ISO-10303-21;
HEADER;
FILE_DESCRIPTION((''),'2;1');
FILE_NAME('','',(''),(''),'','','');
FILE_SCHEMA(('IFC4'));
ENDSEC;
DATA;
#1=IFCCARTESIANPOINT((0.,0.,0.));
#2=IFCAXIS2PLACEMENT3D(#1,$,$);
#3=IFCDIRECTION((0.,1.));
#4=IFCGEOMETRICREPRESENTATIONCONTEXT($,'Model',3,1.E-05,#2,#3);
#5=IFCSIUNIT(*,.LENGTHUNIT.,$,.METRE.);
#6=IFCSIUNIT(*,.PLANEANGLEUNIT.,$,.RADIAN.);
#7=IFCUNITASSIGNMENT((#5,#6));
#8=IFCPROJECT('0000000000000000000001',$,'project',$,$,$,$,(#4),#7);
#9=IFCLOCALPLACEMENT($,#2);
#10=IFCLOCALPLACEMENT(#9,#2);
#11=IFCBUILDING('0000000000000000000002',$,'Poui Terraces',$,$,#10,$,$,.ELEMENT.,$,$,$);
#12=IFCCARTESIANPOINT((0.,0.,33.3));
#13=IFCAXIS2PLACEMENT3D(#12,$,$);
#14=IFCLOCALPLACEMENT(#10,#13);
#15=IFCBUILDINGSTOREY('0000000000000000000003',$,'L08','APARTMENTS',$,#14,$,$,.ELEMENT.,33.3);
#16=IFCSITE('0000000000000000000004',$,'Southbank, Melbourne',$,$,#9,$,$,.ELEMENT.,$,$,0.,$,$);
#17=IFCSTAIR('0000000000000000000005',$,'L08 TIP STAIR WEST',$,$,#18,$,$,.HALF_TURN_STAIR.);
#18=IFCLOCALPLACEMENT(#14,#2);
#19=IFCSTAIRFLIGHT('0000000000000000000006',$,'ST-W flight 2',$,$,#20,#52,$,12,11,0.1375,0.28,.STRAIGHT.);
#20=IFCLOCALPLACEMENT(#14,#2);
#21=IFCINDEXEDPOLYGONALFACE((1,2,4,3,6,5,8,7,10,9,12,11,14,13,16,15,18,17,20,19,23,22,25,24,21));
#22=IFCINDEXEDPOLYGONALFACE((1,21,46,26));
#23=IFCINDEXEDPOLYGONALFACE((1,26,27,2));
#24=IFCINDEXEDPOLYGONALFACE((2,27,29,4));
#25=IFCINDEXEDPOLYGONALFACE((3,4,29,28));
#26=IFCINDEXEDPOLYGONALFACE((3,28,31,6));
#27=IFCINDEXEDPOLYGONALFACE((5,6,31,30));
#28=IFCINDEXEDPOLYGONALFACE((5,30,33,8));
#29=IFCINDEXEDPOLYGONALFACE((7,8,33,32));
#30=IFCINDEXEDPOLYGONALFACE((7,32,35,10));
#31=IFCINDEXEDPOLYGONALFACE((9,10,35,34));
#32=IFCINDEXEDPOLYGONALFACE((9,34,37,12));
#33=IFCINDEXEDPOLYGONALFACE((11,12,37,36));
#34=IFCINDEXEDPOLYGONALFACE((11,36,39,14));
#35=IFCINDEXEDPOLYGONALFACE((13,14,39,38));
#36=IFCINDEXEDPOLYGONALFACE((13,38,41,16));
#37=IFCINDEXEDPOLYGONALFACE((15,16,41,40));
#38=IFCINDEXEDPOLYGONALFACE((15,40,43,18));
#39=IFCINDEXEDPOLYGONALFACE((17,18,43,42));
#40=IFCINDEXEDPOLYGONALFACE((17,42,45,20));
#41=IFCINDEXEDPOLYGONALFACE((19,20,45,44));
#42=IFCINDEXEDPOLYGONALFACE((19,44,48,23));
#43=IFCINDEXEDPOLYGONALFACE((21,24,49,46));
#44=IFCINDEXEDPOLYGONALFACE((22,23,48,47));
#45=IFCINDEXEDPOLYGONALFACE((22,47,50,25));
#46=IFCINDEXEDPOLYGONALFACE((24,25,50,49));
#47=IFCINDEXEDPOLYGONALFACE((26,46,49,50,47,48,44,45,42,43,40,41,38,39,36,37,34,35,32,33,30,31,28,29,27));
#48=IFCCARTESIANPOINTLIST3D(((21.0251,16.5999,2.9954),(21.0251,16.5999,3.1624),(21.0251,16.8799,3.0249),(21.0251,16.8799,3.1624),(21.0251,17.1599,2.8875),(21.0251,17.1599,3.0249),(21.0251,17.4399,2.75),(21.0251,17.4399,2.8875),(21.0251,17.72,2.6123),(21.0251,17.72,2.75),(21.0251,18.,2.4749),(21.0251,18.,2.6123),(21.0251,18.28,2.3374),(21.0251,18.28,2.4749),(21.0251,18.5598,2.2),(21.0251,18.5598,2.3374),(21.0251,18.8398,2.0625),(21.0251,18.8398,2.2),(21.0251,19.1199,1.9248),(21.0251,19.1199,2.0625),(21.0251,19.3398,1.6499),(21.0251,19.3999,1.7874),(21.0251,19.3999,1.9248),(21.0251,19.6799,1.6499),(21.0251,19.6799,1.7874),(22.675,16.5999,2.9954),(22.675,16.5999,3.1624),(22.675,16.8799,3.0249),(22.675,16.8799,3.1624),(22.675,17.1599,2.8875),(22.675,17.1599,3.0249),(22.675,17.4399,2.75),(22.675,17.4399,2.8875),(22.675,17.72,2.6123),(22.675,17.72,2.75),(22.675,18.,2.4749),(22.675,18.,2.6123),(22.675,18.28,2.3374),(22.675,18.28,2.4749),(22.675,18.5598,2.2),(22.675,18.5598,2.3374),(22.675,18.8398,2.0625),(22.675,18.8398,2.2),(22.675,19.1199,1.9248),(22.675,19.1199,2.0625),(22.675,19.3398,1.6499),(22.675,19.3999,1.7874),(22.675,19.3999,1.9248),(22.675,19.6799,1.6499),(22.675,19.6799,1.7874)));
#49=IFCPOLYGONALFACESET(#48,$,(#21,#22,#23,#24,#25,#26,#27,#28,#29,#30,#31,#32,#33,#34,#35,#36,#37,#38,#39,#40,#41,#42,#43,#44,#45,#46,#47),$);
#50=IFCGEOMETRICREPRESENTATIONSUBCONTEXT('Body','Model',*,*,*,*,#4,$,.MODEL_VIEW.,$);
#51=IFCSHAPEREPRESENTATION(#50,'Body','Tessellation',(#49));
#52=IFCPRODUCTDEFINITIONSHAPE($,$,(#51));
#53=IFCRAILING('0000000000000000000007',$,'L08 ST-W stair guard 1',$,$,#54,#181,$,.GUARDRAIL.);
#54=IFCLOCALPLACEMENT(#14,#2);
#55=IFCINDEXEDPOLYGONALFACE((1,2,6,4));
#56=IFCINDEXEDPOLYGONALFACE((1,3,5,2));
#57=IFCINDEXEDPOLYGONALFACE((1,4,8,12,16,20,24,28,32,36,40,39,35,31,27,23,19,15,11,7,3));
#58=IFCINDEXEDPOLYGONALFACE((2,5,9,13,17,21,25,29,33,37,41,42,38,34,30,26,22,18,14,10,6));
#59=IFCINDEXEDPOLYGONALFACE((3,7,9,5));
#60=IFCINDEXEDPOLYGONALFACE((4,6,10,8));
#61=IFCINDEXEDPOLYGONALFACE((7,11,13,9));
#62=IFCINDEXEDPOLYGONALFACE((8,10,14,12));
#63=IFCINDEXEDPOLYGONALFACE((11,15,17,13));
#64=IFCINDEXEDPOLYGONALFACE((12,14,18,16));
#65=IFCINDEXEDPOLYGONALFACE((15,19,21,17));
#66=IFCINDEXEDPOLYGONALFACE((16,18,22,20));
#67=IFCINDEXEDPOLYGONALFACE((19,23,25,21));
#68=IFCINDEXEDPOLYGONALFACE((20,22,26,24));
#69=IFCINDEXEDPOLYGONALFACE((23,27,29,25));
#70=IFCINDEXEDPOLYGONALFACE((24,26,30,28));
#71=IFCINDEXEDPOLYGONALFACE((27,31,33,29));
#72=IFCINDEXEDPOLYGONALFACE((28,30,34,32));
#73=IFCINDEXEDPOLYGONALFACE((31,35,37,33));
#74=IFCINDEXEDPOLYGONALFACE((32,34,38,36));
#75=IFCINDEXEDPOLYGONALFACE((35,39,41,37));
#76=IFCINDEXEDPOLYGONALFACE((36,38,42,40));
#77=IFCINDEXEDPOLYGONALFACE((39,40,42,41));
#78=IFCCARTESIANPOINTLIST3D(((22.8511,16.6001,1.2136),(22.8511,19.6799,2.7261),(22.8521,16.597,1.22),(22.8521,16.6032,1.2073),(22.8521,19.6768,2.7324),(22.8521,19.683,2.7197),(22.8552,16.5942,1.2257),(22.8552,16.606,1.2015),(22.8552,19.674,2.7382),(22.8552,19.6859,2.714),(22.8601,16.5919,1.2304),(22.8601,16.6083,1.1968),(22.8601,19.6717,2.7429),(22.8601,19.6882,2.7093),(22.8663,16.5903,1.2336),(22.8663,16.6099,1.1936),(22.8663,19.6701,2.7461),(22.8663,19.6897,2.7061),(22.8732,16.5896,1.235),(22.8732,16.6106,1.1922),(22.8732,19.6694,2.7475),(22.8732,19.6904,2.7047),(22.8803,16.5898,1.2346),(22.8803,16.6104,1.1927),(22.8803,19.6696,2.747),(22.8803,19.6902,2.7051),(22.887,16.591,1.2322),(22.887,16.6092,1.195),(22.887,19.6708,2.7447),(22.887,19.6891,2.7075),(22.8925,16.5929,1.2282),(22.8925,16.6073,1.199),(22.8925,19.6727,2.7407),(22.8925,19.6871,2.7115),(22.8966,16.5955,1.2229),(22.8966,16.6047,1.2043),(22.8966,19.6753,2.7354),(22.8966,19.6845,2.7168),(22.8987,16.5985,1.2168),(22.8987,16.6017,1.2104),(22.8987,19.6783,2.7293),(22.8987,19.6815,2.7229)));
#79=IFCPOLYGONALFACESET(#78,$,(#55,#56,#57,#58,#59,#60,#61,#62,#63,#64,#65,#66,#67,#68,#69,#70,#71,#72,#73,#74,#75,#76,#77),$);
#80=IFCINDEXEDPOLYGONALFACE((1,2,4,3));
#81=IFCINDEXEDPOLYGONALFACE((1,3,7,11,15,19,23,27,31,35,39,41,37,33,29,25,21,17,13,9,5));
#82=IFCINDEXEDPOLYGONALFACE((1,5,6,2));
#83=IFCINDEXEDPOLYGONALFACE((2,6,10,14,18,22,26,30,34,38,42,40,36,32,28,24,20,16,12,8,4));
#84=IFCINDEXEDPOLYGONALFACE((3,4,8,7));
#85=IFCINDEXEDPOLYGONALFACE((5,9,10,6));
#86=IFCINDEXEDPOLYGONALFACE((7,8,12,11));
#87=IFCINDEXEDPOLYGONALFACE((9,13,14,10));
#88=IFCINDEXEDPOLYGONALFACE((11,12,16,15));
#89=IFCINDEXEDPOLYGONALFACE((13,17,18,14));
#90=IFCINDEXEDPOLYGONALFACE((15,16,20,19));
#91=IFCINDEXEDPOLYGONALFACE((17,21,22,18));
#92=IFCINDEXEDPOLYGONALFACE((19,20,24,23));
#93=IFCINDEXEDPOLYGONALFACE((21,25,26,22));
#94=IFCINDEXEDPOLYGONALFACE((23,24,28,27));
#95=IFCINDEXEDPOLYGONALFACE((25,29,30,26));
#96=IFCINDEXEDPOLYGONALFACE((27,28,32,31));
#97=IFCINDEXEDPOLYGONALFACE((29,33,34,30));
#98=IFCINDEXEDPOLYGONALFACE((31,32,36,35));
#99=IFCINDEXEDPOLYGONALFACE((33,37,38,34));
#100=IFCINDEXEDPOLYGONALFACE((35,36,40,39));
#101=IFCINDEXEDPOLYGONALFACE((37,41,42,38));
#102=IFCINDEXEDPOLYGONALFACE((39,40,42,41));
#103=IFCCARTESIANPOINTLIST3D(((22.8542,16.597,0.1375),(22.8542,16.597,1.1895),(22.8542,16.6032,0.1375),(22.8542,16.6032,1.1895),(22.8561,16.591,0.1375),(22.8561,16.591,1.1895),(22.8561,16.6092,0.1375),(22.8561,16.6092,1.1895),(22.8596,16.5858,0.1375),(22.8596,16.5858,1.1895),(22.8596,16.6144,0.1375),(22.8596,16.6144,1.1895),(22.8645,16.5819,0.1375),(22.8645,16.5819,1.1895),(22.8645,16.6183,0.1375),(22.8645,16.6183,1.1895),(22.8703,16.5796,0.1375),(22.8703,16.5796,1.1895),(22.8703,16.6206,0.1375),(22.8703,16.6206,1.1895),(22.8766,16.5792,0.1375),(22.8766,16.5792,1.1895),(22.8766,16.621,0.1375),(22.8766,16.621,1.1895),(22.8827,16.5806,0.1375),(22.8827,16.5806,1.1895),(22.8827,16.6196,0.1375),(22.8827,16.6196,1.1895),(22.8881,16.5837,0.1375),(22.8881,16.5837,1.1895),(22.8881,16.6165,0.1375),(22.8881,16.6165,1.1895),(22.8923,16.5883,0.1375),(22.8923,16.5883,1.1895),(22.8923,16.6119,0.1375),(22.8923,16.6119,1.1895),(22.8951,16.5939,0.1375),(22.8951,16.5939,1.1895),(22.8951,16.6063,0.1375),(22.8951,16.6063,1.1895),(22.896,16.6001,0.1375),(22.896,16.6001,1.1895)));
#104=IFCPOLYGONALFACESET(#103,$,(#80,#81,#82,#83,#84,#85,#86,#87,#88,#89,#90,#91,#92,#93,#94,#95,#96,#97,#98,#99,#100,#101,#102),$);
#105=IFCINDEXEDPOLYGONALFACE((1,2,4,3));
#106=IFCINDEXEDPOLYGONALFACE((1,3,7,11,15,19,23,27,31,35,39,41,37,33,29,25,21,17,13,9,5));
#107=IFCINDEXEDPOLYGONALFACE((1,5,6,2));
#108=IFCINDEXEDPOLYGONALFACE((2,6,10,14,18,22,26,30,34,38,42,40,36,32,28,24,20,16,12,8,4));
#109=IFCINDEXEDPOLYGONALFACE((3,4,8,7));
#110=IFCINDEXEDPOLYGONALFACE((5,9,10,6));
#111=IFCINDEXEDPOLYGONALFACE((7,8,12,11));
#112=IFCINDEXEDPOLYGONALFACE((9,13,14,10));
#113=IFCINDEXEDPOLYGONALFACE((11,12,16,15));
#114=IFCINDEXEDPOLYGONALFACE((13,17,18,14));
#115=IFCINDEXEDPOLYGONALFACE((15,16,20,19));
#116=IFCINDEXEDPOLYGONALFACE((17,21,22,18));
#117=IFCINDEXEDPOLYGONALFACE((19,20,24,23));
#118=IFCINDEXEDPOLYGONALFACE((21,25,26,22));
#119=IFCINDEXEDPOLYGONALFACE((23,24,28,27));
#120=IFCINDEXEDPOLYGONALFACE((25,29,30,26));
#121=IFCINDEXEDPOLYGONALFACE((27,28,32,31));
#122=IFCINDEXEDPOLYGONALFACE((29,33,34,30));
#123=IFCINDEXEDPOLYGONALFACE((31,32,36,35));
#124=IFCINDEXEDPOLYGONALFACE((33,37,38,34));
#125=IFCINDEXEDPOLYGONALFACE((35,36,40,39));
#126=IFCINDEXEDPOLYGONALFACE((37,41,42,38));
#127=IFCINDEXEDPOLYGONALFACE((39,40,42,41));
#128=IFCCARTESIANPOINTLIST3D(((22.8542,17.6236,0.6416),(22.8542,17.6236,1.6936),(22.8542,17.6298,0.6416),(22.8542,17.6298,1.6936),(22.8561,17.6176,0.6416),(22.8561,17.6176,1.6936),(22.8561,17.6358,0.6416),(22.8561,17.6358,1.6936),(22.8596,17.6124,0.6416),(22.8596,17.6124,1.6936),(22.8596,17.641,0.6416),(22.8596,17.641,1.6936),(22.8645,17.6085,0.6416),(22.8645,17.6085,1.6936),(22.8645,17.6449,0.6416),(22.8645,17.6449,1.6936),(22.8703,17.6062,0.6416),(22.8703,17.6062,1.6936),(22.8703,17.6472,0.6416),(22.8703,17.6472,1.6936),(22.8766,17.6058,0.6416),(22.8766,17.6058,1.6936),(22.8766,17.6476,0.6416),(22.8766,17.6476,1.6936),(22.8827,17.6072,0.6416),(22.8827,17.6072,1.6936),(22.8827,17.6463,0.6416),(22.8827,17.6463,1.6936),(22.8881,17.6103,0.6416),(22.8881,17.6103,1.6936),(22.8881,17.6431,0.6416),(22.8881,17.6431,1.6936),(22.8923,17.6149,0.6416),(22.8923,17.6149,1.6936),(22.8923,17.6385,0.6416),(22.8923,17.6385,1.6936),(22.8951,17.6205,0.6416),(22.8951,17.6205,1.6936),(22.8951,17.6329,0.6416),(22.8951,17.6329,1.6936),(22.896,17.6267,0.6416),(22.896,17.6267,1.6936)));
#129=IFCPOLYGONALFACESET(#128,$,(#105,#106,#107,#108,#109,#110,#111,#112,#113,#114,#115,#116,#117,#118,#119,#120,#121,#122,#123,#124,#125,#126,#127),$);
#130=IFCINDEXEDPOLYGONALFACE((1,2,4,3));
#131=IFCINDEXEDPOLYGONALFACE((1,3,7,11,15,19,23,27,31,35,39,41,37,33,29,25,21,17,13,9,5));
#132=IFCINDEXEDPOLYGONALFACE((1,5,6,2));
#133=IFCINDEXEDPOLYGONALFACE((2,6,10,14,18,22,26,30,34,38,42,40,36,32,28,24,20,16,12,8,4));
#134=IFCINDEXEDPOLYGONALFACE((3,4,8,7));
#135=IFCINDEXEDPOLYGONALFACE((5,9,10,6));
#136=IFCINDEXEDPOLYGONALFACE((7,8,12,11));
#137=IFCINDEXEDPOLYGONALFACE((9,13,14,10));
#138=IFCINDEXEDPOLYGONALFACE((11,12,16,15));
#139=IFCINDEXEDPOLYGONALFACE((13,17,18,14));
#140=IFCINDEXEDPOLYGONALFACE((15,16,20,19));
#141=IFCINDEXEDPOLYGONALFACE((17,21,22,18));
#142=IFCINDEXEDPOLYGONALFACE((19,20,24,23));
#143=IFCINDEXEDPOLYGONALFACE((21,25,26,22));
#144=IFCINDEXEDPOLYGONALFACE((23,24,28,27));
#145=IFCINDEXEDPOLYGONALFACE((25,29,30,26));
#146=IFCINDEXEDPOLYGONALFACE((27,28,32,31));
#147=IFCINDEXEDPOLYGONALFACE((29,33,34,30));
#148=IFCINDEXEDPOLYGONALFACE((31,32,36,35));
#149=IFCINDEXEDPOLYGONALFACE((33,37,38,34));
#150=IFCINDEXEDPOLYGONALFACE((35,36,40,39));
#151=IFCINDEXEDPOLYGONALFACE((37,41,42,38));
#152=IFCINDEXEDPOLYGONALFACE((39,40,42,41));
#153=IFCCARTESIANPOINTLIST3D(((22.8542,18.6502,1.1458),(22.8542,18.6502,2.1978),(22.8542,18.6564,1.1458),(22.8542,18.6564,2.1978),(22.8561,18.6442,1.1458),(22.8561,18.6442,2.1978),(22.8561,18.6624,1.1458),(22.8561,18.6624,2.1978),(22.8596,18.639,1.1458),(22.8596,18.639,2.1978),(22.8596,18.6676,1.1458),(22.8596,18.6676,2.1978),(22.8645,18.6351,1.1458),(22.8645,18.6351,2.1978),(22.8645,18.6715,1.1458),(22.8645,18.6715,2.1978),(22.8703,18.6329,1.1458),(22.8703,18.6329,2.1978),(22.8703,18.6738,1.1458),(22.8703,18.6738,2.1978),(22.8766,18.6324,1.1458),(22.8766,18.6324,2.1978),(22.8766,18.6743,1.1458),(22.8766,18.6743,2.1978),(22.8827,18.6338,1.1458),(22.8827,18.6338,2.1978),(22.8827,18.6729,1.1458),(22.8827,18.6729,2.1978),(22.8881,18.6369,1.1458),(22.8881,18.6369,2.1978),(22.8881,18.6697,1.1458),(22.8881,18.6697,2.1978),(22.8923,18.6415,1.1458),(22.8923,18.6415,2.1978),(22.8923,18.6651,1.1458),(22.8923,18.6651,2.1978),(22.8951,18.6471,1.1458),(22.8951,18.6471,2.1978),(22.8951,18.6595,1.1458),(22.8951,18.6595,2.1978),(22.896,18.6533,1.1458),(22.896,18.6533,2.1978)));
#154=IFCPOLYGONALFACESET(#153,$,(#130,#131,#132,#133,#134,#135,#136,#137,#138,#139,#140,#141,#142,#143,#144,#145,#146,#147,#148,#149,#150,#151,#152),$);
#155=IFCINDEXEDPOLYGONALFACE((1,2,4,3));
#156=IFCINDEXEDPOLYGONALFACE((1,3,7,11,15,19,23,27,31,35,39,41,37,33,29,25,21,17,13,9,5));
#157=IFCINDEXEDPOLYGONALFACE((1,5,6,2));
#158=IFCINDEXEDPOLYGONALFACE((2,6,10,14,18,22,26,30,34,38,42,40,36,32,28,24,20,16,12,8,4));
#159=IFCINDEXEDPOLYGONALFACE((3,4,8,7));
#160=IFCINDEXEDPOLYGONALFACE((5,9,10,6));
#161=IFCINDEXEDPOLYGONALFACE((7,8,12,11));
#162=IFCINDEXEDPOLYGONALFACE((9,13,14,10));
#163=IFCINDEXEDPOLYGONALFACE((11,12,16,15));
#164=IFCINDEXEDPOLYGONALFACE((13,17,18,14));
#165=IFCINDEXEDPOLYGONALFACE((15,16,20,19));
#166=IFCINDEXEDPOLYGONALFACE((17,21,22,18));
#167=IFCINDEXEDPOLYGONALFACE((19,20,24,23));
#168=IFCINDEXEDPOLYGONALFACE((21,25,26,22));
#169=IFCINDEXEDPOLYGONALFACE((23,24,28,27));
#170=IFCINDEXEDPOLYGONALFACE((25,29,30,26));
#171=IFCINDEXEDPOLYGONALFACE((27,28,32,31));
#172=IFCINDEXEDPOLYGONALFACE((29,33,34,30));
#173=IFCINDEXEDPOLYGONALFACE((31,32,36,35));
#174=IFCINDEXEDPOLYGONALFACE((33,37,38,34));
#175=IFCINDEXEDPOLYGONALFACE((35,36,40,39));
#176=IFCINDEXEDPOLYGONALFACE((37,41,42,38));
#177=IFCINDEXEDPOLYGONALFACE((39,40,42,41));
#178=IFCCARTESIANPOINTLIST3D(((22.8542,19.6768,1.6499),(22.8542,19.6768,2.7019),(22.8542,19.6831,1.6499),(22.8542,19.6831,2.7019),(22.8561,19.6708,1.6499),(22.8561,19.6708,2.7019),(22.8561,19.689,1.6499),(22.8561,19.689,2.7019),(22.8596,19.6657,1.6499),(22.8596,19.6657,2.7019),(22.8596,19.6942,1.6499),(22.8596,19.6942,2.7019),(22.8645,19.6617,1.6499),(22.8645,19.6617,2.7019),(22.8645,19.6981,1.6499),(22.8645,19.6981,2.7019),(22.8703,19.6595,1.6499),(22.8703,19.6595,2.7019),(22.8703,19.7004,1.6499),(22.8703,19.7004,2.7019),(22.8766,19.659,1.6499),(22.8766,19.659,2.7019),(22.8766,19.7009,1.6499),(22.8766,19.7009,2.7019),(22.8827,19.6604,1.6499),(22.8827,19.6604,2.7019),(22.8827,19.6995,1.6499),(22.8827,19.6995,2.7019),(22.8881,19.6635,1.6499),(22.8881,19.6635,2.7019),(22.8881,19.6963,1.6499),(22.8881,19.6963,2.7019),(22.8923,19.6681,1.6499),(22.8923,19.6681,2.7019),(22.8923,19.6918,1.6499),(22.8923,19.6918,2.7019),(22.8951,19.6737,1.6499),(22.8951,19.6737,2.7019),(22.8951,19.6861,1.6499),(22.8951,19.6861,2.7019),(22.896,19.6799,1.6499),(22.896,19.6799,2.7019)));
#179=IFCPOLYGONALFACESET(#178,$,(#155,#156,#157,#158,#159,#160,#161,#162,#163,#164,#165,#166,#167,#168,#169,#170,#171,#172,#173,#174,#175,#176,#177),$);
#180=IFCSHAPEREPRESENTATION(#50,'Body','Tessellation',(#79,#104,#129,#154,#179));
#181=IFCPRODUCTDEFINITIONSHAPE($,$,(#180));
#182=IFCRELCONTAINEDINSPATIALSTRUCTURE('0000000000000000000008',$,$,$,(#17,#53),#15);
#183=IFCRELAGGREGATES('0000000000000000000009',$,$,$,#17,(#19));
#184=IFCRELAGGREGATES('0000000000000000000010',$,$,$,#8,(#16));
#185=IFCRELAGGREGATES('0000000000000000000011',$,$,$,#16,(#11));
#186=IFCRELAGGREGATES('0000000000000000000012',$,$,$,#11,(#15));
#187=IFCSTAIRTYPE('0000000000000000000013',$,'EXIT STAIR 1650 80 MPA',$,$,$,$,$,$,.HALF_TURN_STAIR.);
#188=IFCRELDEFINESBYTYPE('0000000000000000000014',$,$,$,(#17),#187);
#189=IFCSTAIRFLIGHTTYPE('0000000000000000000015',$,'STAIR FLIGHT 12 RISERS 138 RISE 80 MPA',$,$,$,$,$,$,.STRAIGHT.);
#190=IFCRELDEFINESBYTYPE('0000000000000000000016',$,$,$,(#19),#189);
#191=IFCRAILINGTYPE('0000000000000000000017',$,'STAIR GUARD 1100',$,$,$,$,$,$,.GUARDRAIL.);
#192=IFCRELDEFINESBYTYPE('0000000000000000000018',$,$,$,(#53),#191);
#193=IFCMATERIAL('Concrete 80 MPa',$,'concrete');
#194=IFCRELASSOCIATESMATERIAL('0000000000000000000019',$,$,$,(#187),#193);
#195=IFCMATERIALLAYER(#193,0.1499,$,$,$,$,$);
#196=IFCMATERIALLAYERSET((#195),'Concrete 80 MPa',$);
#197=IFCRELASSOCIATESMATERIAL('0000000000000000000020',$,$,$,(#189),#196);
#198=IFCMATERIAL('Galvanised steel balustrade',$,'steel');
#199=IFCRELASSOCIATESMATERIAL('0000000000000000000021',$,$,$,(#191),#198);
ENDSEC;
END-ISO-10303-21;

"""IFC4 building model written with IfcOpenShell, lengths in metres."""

from ifc_helpers import new_model, si_unit, direction, frame, origin, origin_2d, place, context, subcontext, project, spatial, polyline, circle, outline, extrude, material, layer, layer_set, type_object, element, aggregate, save


model = new_model("IFC4")

# Units and contexts
model_context = context("Model", 3, precision=1e-05, world=origin(), true_north=direction((0.0, 1.0)))
body_context = subcontext(model_context, "Body", "Model", "MODEL_VIEW")
ifc_project = project(units=[si_unit("LENGTHUNIT", "METRE"), si_unit("PLANEANGLEUNIT", "RADIAN")], contexts=[model_context])

# Site, building, storey
site_placement = place(None, origin())
site = spatial("IfcSite", under=ifc_project, at=site_placement, Name="Southbank, Melbourne", CompositionType="ELEMENT", RefElevation=0.0)
building_placement = place(site_placement, origin())
building = spatial("IfcBuilding", under=site, at=building_placement, Name="Poui Terraces", CompositionType="ELEMENT")
storey_placement = place(building_placement, frame((0.0, 0.0, 33.3)))
storey = spatial("IfcBuildingStorey", under=building, at=storey_placement, Name="L08", Description="APARTMENTS", CompositionType="ELEMENT", Elevation=33.3)

# Shared definitions
ifc_material_1 = material(Name="Concrete 80 MPa", Category="concrete")

# Stair, stair flight
stair_type = type_object("IfcStairType", Name="EXIT STAIR 1650 80 MPA", PredefinedType="HALF_TURN_STAIR", material=ifc_material_1)
stair_placement = place(storey_placement, origin())
stair = element("IfcStair", 1, at=stair_placement, inside=storey, type_object=stair_type, Name="L08 TIP STAIR WEST", PredefinedType="HALF_TURN_STAIR")
ifc_layer_1 = layer(ifc_material_1, 0.1499)
ifc_layer_set_1 = layer_set([ifc_layer_1], Name="Concrete 80 MPa")
stair_flight_type = type_object("IfcStairFlightType", Name="STAIR FLIGHT 12 RISERS 138 RISE 80 MPA", PredefinedType="STRAIGHT", material=ifc_layer_set_1)
stair_flight_1_placement = place(storey_placement, frame((21.8501, 19.6799, 1.6499), z_axis=(0.0, 0.0, 1.0), x_axis=(0.0, -1.0, 0.0)))
stair_flight_1 = element("IfcStairFlight", 2, at=stair_flight_1_placement, type_object=stair_flight_type, Name="ST-W flight 2", NumberOfRisers=12, NumberOfTreads=11, PredefinedType="STRAIGHT", RiserHeight=0.1375, TreadLength=0.28, context=body_context, shape_type="SweptSolid", body=[
    extrude(outline(polyline([(0.0, 0.0), (0.0, 0.1375), (0.28, 0.1375), (0.28, 0.2749), (0.5601, 0.2749), (0.5601, 0.4126), (0.8401, 0.4126), (0.8401, 0.55), (1.1201, 0.55), (1.1201, 0.6875), (1.3999, 0.6875), (1.3999, 0.825), (1.6799, 0.825), (1.6799, 0.9624), (1.96, 0.9624), (1.96, 1.1001), (2.24, 1.1001), (2.24, 1.2375), (2.52, 1.2375), (2.52, 1.375), (2.8, 1.375), (2.8, 1.5125), (3.0801, 1.5125), (3.0801, 1.6499), (3.0801, 1.3455), (0.3401, 0.0), (0.0, 0.0)])), frame((0.0, 0.825, 0.0), z_axis=(0.0, -1.0, 0.0), x_axis=(1.0, 0.0, 0.0)), (0.0, 0.0, 1.0), 1.6499),
])
aggregate(stair, [stair_flight_1])

# Railing
ifc_material_2 = material(Name="Galvanised steel balustrade", Category="steel")
railing_type_1 = type_object("IfcRailingType", Name="STAIR GUARD 1100", PredefinedType="GUARDRAIL", material=ifc_material_2)
railing_1_placement = place(storey_placement, frame((22.875, 16.6001, 0.1375)))
element("IfcRailing", 3, at=railing_1_placement, inside=storey, type_object=railing_type_1, Name="L08 ST-W stair guard 1", PredefinedType="GUARDRAIL", context=body_context, shape_type="SweptSolid", body=[
    extrude(circle(Radius=0.0239, at=origin_2d()), frame((0.0, 0.0, 1.0762), z_axis=(0.0, 0.897606, 0.440798), x_axis=(-1.0, 0.0, 0.0)), (0.0, 0.0, 1.0), 3.4312),
    extrude(circle(Radius=0.021, at=origin_2d()), origin(), (0.0, 0.0, 1.0), 1.052),
    extrude(circle(Radius=0.021, at=origin_2d()), frame((0.0, 1.0266, 0.5042)), (0.0, 0.0, 1.0), 1.052),
    extrude(circle(Radius=0.021, at=origin_2d()), frame((0.0, 2.0532, 1.0083)), (0.0, 0.0, 1.0), 1.052),
    extrude(circle(Radius=0.021, at=origin_2d()), frame((0.0, 3.0798, 1.5125)), (0.0, 0.0, 1.0), 1.052),
])

save(model, "model.ifc")
